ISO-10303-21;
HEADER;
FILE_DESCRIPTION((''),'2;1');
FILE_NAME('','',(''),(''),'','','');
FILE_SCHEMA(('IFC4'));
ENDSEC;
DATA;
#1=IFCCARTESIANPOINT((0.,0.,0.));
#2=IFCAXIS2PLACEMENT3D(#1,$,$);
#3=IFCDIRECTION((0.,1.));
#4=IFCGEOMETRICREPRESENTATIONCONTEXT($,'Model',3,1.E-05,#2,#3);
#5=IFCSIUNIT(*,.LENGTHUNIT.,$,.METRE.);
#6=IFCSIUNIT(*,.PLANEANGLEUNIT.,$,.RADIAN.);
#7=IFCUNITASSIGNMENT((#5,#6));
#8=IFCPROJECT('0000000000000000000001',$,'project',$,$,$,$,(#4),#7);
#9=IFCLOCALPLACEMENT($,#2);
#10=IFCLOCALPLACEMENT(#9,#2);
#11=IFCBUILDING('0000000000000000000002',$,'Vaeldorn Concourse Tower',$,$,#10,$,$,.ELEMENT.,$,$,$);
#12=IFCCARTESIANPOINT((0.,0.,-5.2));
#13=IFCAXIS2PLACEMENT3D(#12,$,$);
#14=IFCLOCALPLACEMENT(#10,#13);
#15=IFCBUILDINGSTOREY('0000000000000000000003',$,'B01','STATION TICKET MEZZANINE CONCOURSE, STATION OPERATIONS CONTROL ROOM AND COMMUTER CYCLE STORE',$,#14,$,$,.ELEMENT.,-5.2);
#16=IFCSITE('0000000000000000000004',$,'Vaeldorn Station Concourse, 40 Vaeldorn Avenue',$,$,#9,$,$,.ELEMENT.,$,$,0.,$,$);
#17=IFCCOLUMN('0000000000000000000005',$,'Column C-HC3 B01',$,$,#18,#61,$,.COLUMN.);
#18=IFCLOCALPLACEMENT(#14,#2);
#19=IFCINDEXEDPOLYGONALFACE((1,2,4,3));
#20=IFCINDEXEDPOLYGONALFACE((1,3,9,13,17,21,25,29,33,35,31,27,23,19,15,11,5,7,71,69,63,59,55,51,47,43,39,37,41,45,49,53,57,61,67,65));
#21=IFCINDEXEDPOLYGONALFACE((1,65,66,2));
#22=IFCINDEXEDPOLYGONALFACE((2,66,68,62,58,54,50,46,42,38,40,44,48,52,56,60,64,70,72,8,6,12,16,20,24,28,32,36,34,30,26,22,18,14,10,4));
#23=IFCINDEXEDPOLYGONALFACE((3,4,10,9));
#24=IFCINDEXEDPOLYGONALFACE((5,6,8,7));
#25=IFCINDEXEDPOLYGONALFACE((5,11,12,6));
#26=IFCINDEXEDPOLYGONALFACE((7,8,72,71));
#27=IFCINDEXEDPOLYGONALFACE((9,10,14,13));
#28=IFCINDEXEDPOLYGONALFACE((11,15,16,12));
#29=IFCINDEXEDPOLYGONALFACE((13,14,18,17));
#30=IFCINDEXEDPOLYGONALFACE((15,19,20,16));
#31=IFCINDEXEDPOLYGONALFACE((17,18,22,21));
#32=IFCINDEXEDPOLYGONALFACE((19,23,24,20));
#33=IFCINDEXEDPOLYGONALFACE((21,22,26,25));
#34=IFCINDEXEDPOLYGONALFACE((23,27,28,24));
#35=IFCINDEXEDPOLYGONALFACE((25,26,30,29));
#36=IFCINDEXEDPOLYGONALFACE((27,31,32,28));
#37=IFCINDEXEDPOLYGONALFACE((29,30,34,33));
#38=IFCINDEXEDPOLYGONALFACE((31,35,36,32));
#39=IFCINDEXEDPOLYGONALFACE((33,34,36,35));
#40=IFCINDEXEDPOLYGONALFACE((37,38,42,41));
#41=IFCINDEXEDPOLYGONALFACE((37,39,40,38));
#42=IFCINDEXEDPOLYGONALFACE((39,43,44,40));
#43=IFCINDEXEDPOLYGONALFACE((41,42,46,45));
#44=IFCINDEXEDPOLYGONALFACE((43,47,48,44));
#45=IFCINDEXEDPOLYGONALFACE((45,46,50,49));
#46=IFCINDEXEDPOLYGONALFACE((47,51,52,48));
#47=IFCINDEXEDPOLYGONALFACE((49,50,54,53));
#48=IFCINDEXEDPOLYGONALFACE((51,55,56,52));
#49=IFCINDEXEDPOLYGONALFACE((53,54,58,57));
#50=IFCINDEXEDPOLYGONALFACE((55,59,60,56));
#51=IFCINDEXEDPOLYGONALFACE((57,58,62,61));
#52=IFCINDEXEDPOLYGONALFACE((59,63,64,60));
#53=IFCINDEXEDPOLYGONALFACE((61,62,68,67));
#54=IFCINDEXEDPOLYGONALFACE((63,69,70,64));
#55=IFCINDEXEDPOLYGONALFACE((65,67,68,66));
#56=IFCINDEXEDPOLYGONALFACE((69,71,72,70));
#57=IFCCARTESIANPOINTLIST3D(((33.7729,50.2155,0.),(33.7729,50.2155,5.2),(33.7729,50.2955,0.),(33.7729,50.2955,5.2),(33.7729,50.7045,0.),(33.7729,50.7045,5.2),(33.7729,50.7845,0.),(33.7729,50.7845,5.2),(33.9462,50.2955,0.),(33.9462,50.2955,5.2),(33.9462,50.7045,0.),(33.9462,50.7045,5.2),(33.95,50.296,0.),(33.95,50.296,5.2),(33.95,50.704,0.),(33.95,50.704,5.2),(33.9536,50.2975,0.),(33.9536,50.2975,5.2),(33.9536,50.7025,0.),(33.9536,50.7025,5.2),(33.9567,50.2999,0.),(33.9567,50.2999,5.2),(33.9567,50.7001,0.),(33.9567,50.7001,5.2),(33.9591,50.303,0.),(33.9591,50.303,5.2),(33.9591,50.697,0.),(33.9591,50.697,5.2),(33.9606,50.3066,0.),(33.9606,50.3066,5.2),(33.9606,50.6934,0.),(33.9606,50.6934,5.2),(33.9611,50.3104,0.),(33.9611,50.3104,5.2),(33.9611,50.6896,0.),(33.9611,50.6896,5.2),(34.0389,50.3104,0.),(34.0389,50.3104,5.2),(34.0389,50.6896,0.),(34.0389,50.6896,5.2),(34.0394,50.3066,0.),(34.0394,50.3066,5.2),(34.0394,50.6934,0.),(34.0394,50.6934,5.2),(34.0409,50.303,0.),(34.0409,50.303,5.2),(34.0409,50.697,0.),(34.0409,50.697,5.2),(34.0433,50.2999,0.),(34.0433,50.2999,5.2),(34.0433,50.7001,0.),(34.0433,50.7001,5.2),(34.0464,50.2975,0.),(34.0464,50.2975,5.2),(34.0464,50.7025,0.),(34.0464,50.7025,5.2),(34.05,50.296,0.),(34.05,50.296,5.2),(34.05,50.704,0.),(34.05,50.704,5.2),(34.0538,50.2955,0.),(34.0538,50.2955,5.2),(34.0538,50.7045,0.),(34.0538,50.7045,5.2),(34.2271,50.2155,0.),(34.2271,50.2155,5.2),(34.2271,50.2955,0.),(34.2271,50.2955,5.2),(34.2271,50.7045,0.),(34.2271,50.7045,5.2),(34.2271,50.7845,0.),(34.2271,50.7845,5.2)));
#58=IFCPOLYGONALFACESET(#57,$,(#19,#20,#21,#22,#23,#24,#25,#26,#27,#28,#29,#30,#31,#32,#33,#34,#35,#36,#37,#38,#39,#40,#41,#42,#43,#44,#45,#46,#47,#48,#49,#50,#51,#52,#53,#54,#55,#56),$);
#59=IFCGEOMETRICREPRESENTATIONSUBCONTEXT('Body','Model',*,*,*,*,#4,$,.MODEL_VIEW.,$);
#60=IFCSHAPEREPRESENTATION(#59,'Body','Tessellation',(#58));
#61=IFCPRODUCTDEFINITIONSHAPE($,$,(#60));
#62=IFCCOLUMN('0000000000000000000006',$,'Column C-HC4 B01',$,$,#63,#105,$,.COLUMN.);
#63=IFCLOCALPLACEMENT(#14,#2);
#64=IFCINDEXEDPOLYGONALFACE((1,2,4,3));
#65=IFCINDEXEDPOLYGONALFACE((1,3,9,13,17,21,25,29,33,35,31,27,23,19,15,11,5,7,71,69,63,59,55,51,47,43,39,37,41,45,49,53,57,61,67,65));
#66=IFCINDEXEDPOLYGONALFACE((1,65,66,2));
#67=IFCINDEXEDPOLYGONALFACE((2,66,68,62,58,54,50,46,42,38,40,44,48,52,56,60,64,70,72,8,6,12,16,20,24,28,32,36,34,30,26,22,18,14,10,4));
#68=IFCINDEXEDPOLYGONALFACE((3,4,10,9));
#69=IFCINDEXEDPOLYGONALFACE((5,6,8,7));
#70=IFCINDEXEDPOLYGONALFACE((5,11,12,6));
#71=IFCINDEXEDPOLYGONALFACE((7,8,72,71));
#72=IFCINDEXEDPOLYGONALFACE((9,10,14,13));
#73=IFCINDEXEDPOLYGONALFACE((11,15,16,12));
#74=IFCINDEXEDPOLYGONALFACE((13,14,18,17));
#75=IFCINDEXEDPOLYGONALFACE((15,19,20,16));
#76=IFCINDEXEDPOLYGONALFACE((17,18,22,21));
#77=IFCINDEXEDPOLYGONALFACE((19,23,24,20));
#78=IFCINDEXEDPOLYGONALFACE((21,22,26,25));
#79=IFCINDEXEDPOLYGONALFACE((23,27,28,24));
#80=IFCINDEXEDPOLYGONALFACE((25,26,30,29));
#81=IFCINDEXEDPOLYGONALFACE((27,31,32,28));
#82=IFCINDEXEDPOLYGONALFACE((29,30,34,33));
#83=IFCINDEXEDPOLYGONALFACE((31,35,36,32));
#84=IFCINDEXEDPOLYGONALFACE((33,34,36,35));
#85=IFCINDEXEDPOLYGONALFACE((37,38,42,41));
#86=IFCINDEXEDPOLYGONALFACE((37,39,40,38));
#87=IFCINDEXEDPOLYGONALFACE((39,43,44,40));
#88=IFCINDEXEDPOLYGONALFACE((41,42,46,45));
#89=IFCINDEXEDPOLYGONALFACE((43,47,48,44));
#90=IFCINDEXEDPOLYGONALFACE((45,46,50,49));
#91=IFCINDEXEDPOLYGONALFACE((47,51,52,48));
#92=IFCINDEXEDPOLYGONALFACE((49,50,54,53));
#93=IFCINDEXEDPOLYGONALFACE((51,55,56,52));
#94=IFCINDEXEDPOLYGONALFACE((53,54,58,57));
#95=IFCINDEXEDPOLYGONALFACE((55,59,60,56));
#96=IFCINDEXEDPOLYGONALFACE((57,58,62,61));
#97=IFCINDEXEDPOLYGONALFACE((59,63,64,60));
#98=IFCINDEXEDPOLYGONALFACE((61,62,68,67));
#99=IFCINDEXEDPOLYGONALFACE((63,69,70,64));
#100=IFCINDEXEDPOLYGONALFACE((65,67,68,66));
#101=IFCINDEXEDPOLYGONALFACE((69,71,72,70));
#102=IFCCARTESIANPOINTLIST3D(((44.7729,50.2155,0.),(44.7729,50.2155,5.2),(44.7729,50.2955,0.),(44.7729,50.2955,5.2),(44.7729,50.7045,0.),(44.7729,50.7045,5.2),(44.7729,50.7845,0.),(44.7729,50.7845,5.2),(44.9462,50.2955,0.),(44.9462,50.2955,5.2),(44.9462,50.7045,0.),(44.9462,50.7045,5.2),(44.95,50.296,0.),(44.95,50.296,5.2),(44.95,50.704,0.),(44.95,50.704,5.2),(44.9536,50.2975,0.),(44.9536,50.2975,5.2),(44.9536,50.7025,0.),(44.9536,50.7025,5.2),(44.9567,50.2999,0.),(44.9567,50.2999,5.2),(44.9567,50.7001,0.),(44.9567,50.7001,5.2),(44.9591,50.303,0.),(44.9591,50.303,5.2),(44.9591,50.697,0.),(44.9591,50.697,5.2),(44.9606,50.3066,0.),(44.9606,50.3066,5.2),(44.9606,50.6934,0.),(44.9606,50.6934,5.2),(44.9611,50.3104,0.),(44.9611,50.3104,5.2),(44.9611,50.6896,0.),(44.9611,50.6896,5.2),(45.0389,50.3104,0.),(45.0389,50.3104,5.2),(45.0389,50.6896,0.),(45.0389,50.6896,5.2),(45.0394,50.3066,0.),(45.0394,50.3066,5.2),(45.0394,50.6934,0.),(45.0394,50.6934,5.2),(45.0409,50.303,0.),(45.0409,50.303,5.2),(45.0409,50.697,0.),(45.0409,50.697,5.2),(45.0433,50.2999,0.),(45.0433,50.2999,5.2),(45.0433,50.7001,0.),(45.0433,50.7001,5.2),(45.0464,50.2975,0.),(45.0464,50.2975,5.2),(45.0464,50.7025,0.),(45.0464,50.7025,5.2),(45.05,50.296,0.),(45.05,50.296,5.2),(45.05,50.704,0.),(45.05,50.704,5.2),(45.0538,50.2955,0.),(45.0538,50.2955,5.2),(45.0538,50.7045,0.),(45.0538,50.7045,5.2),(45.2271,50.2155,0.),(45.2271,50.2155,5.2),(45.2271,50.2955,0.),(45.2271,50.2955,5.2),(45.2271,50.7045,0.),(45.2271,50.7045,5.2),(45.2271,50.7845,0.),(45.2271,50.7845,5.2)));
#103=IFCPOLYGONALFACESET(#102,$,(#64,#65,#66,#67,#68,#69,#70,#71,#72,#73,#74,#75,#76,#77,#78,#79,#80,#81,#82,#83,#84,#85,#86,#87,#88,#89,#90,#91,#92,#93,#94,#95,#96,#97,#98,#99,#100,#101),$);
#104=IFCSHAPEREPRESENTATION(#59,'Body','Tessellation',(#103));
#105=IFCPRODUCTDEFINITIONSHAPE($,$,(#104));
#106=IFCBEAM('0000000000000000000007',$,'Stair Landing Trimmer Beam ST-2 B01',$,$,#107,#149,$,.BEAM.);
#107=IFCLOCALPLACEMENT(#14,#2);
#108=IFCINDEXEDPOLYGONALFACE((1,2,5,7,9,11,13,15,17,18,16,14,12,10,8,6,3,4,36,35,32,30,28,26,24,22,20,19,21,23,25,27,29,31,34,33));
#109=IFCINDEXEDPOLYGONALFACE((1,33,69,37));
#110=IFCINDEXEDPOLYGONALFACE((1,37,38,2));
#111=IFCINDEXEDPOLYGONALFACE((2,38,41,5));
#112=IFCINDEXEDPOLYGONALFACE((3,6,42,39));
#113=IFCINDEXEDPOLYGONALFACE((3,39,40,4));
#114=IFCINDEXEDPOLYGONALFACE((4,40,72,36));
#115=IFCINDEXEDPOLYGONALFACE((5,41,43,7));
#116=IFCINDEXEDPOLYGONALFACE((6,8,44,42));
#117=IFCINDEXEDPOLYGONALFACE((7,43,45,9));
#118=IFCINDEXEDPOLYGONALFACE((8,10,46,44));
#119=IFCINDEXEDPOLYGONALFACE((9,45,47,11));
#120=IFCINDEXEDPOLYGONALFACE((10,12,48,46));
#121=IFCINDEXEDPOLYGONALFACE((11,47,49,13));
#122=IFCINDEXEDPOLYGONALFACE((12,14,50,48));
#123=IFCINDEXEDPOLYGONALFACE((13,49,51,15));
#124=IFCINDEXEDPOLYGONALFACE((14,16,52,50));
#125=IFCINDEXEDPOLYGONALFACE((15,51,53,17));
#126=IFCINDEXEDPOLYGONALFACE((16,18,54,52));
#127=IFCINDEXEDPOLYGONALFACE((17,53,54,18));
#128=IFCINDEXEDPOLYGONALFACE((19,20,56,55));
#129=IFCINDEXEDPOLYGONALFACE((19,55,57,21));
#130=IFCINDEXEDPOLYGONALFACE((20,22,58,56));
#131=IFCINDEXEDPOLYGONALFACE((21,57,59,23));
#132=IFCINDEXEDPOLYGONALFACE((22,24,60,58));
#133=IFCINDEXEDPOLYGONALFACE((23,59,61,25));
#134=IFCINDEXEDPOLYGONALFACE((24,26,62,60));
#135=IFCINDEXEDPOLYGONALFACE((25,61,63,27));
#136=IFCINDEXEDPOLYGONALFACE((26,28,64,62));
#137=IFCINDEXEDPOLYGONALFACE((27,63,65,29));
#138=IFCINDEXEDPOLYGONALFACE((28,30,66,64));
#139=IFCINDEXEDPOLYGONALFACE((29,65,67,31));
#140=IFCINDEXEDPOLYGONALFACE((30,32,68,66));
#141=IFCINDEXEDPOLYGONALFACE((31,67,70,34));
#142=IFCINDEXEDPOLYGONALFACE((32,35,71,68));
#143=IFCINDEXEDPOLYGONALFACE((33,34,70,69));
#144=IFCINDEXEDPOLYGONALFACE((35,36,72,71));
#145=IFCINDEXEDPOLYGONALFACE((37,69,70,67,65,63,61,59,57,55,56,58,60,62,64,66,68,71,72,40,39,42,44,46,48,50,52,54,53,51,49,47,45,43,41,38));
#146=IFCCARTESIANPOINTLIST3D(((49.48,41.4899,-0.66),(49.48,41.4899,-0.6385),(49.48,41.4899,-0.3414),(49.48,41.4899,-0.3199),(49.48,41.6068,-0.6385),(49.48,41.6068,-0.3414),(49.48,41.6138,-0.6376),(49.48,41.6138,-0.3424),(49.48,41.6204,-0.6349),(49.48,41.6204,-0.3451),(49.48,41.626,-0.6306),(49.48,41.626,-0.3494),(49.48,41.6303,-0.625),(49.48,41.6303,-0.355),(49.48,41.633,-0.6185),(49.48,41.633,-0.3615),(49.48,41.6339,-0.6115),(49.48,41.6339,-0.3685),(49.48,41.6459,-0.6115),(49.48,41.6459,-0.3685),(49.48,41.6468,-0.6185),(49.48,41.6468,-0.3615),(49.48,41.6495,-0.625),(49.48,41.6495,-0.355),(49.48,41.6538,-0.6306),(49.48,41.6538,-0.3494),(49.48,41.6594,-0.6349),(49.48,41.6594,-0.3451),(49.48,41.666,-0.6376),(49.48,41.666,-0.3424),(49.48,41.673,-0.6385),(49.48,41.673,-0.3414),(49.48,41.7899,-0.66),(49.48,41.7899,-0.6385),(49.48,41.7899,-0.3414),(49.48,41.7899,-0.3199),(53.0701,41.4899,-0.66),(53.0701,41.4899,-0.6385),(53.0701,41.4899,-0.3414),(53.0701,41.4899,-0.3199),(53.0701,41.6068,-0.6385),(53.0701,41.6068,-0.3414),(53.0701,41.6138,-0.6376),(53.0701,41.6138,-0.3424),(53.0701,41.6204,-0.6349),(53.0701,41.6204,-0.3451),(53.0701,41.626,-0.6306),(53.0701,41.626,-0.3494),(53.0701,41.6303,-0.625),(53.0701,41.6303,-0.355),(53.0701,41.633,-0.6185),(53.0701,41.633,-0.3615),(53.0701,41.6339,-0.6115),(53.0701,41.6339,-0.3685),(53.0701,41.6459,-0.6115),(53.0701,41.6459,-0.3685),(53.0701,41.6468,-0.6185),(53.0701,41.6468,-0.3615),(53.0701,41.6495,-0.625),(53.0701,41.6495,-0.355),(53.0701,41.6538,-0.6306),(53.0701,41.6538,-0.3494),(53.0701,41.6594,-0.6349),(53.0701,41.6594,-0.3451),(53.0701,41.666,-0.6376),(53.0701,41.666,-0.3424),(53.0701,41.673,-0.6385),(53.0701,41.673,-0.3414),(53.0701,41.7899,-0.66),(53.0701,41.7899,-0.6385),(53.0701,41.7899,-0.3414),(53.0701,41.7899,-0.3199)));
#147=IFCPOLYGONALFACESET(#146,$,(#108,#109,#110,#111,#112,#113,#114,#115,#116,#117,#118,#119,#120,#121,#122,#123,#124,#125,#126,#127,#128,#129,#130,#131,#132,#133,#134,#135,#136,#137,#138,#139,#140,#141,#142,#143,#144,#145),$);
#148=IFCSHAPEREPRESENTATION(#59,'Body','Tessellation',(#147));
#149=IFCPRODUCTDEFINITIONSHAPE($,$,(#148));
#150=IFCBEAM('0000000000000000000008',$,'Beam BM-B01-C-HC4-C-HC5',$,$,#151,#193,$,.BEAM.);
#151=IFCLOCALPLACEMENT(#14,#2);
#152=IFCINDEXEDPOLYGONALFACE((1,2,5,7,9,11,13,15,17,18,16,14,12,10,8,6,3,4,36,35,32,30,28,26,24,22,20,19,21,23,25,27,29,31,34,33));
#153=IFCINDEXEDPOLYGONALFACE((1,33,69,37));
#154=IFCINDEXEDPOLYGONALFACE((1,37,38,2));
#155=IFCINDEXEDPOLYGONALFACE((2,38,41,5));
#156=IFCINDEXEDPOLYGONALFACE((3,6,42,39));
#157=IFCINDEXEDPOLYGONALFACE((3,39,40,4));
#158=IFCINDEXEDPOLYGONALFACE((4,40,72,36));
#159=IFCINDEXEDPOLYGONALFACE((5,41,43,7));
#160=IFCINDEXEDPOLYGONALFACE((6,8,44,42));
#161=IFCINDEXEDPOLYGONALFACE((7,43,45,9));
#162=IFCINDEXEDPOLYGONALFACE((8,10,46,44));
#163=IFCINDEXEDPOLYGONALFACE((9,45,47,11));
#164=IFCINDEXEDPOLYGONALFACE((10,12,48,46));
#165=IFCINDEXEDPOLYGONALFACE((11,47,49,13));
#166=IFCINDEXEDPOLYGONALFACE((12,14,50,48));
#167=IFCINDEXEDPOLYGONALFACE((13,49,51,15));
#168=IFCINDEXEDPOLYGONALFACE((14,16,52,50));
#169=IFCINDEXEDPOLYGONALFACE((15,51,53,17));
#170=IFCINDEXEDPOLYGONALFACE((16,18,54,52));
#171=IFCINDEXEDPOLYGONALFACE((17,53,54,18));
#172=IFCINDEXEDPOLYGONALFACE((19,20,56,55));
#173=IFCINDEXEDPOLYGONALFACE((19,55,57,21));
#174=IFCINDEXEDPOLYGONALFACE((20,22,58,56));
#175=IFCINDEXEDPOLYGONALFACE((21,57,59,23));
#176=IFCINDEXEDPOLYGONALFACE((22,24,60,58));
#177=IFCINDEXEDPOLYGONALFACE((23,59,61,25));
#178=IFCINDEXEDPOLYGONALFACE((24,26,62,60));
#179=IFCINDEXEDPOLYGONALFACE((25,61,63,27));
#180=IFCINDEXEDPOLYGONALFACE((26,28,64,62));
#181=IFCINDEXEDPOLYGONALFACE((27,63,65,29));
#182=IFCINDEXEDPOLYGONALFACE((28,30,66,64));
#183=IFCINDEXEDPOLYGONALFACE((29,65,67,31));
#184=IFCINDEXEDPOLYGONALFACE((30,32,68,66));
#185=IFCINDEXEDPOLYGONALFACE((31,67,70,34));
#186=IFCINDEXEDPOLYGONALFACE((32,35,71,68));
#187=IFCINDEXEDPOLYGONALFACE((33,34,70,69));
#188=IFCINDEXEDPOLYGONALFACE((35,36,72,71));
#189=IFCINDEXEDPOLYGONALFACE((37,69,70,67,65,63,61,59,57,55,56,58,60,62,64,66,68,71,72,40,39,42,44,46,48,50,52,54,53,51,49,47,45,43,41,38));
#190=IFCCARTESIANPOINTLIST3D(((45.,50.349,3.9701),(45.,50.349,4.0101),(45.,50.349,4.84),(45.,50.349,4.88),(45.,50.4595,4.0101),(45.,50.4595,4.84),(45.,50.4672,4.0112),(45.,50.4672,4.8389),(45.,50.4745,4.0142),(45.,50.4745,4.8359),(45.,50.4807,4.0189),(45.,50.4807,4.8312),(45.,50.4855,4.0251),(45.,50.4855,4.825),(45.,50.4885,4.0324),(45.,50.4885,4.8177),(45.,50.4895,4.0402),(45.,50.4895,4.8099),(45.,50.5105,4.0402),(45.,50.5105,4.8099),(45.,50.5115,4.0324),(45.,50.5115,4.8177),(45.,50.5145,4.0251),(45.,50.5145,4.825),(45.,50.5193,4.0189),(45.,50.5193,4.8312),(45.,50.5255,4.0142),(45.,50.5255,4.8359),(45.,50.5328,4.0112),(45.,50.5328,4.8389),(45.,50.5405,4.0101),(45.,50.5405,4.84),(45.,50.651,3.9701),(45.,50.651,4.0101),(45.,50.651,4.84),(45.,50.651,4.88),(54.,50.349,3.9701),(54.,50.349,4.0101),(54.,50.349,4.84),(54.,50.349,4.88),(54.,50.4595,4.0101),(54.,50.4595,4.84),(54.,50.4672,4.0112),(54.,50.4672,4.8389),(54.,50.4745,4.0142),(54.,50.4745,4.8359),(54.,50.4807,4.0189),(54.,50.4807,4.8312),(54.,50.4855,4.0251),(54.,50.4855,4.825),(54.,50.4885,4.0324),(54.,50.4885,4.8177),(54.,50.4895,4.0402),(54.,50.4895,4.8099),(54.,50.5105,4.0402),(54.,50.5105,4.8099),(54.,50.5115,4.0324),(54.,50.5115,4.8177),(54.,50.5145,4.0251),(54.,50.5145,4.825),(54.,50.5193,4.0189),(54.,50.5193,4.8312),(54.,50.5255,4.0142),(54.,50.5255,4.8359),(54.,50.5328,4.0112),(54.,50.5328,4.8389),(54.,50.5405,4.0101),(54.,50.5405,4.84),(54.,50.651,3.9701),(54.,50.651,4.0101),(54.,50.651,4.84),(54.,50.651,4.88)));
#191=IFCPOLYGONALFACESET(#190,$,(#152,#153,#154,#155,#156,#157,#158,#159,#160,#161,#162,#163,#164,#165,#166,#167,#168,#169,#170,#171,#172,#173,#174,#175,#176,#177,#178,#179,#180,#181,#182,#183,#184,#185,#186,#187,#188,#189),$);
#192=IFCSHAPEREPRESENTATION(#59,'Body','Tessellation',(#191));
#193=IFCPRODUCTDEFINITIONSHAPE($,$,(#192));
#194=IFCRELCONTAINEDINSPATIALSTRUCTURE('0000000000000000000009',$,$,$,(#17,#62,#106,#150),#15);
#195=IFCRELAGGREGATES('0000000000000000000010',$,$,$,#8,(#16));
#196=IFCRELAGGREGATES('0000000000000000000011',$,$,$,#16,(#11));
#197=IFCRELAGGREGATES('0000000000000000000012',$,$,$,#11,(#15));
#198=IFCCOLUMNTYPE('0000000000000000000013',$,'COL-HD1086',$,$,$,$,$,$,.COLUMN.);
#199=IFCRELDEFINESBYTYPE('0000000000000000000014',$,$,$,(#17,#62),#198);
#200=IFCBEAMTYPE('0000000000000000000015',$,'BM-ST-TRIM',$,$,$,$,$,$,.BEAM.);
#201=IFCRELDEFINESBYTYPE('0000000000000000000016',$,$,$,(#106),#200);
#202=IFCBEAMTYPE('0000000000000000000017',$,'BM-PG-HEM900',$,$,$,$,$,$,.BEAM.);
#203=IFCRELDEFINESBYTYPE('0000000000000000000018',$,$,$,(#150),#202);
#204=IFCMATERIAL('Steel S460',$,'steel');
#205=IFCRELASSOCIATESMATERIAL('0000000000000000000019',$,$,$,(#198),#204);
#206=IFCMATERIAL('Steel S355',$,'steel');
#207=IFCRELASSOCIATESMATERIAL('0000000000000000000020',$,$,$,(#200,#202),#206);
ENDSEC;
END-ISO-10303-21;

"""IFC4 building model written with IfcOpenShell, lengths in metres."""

from ifc_helpers import new_model, si_unit, direction, frame, origin, origin_2d, place, context, subcontext, project, spatial, i_section, extrude, source, transform, mapped, material, material_profile, profile_set, type_object, element, save


model = new_model("IFC4")

# Units and contexts
model_context = context("Model", 3, precision=1e-05, world=origin(), true_north=direction((0.0, 1.0)))
body_context = subcontext(model_context, "Body", "Model", "MODEL_VIEW")
ifc_project = project(units=[si_unit("LENGTHUNIT", "METRE"), si_unit("PLANEANGLEUNIT", "RADIAN")], contexts=[model_context])

# Site, building, storey
site_placement = place(None, origin())
site = spatial("IfcSite", under=ifc_project, at=site_placement, Name="Vaeldorn Station Concourse, 40 Vaeldorn Avenue", CompositionType="ELEMENT", RefElevation=0.0)
building_placement = place(site_placement, origin())
building = spatial("IfcBuilding", under=site, at=building_placement, Name="Vaeldorn Concourse Tower", CompositionType="ELEMENT")
storey_placement = place(building_placement, frame((0.0, 0.0, -5.2)))
storey = spatial("IfcBuildingStorey", under=building, at=storey_placement, Name="B01", Description="STATION TICKET MEZZANINE CONCOURSE, STATION OPERATIONS CONTROL ROOM AND COMMUTER CYCLE STORE", CompositionType="ELEMENT", Elevation=-5.2)

# Columns
ifc_material_1 = material(Name="Steel S460", Category="steel")
ifc_material_profile_1 = material_profile(ifc_material_1, i_section(OverallWidth=0.4541, OverallDepth=0.5691, WebThickness=0.0779, FlangeThickness=0.0801, FilletRadius=0.0149, at=origin_2d()), Name="HD 400x1086")
ifc_profile_set_1 = profile_set([ifc_material_profile_1], Name="Steel S460")
column_type = type_object("IfcColumnType", Name="COL-HD1086", PredefinedType="COLUMN", material=ifc_profile_set_1)
shared_shape_1 = source(origin(), body_context, "Body", "SweptSolid", [
    extrude(i_section(OverallWidth=0.4541, OverallDepth=0.5691, WebThickness=0.0779, FlangeThickness=0.0801, FilletRadius=0.0149, at=origin_2d()), origin(), (0.0, 0.0, 1.0), 5.2),
])
for number, where, z_axis, x_axis, name in (
    (1, (34.0, 50.5, 0.0), (0.0, 0.0, 1.0), (1.0, 0.0, 0.0), "Column C-HC3 B01"),
    (2, (45.0, 50.5, 0.0), (0.0, 0.0, 1.0), (1.0, 0.0, 0.0), "Column C-HC4 B01"),
):
    element("IfcColumn", number, at=place(storey_placement, frame(where, z_axis=z_axis, x_axis=x_axis)), inside=storey, type_object=column_type, Name=name, PredefinedType="COLUMN", context=body_context, shape_type="MappedRepresentation", body=[
        mapped(shared_shape_1, transform((0.0, 0.0, 0.0), scale=1.0)),
    ])

# Beams
ifc_material_2 = material(Name="Steel S355", Category="steel")
ifc_material_profile_2 = material_profile(ifc_material_2, i_section(OverallWidth=0.3, OverallDepth=0.3401, WebThickness=0.012, FlangeThickness=0.0215, FilletRadius=0.0271, at=origin_2d()), Name="HEB 340")
ifc_profile_set_2 = profile_set([ifc_material_profile_2], Name="Steel S355")
beam_type_1 = type_object("IfcBeamType", Name="BM-ST-TRIM", PredefinedType="BEAM", material=ifc_profile_set_2)
shared_shape_2 = source(origin(), body_context, "Body", "SweptSolid", [
    extrude(i_section(OverallWidth=0.3, OverallDepth=0.3401, WebThickness=0.012, FlangeThickness=0.0215, FilletRadius=0.0271, at=origin_2d()), origin(), (0.0, 0.0, 1.0), 3.5901),
])
beam_1_placement = place(storey_placement, frame((49.48, 41.6399, -0.49), z_axis=(1.0, 0.0, 0.0), x_axis=(0.0, 1.0, 0.0)))
element("IfcBeam", 3, at=beam_1_placement, inside=storey, type_object=beam_type_1, Name="Stair Landing Trimmer Beam ST-2 B01", PredefinedType="BEAM", context=body_context, shape_type="MappedRepresentation", body=[
    mapped(shared_shape_2, transform((0.0, 0.0, 0.0), scale=1.0)),
])
ifc_material_profile_3 = material_profile(ifc_material_2, i_section(OverallWidth=0.302, OverallDepth=0.9099, WebThickness=0.021, FlangeThickness=0.04, FilletRadius=0.03, at=origin_2d()), Name="HEM 900")
ifc_profile_set_3 = profile_set([ifc_material_profile_3], Name="Steel S355")
beam_type_2 = type_object("IfcBeamType", Name="BM-PG-HEM900", PredefinedType="BEAM", material=ifc_profile_set_3)
shared_shape_3 = source(origin(), body_context, "Body", "SweptSolid", [
    extrude(i_section(OverallWidth=0.302, OverallDepth=0.9099, WebThickness=0.021, FlangeThickness=0.04, FilletRadius=0.03, at=origin_2d()), origin(), (0.0, 0.0, 1.0), 9.0),
])
beam_2_placement = place(storey_placement, frame((45.0, 50.5, 4.425), z_axis=(1.0, 0.0, 0.0), x_axis=(0.0, 1.0, 0.0)))
element("IfcBeam", 4, at=beam_2_placement, inside=storey, type_object=beam_type_2, Name="Beam BM-B01-C-HC4-C-HC5", PredefinedType="BEAM", context=body_context, shape_type="MappedRepresentation", body=[
    mapped(shared_shape_3, transform((0.0, 0.0, 0.0), scale=1.0)),
])

save(model, "model.ifc")
